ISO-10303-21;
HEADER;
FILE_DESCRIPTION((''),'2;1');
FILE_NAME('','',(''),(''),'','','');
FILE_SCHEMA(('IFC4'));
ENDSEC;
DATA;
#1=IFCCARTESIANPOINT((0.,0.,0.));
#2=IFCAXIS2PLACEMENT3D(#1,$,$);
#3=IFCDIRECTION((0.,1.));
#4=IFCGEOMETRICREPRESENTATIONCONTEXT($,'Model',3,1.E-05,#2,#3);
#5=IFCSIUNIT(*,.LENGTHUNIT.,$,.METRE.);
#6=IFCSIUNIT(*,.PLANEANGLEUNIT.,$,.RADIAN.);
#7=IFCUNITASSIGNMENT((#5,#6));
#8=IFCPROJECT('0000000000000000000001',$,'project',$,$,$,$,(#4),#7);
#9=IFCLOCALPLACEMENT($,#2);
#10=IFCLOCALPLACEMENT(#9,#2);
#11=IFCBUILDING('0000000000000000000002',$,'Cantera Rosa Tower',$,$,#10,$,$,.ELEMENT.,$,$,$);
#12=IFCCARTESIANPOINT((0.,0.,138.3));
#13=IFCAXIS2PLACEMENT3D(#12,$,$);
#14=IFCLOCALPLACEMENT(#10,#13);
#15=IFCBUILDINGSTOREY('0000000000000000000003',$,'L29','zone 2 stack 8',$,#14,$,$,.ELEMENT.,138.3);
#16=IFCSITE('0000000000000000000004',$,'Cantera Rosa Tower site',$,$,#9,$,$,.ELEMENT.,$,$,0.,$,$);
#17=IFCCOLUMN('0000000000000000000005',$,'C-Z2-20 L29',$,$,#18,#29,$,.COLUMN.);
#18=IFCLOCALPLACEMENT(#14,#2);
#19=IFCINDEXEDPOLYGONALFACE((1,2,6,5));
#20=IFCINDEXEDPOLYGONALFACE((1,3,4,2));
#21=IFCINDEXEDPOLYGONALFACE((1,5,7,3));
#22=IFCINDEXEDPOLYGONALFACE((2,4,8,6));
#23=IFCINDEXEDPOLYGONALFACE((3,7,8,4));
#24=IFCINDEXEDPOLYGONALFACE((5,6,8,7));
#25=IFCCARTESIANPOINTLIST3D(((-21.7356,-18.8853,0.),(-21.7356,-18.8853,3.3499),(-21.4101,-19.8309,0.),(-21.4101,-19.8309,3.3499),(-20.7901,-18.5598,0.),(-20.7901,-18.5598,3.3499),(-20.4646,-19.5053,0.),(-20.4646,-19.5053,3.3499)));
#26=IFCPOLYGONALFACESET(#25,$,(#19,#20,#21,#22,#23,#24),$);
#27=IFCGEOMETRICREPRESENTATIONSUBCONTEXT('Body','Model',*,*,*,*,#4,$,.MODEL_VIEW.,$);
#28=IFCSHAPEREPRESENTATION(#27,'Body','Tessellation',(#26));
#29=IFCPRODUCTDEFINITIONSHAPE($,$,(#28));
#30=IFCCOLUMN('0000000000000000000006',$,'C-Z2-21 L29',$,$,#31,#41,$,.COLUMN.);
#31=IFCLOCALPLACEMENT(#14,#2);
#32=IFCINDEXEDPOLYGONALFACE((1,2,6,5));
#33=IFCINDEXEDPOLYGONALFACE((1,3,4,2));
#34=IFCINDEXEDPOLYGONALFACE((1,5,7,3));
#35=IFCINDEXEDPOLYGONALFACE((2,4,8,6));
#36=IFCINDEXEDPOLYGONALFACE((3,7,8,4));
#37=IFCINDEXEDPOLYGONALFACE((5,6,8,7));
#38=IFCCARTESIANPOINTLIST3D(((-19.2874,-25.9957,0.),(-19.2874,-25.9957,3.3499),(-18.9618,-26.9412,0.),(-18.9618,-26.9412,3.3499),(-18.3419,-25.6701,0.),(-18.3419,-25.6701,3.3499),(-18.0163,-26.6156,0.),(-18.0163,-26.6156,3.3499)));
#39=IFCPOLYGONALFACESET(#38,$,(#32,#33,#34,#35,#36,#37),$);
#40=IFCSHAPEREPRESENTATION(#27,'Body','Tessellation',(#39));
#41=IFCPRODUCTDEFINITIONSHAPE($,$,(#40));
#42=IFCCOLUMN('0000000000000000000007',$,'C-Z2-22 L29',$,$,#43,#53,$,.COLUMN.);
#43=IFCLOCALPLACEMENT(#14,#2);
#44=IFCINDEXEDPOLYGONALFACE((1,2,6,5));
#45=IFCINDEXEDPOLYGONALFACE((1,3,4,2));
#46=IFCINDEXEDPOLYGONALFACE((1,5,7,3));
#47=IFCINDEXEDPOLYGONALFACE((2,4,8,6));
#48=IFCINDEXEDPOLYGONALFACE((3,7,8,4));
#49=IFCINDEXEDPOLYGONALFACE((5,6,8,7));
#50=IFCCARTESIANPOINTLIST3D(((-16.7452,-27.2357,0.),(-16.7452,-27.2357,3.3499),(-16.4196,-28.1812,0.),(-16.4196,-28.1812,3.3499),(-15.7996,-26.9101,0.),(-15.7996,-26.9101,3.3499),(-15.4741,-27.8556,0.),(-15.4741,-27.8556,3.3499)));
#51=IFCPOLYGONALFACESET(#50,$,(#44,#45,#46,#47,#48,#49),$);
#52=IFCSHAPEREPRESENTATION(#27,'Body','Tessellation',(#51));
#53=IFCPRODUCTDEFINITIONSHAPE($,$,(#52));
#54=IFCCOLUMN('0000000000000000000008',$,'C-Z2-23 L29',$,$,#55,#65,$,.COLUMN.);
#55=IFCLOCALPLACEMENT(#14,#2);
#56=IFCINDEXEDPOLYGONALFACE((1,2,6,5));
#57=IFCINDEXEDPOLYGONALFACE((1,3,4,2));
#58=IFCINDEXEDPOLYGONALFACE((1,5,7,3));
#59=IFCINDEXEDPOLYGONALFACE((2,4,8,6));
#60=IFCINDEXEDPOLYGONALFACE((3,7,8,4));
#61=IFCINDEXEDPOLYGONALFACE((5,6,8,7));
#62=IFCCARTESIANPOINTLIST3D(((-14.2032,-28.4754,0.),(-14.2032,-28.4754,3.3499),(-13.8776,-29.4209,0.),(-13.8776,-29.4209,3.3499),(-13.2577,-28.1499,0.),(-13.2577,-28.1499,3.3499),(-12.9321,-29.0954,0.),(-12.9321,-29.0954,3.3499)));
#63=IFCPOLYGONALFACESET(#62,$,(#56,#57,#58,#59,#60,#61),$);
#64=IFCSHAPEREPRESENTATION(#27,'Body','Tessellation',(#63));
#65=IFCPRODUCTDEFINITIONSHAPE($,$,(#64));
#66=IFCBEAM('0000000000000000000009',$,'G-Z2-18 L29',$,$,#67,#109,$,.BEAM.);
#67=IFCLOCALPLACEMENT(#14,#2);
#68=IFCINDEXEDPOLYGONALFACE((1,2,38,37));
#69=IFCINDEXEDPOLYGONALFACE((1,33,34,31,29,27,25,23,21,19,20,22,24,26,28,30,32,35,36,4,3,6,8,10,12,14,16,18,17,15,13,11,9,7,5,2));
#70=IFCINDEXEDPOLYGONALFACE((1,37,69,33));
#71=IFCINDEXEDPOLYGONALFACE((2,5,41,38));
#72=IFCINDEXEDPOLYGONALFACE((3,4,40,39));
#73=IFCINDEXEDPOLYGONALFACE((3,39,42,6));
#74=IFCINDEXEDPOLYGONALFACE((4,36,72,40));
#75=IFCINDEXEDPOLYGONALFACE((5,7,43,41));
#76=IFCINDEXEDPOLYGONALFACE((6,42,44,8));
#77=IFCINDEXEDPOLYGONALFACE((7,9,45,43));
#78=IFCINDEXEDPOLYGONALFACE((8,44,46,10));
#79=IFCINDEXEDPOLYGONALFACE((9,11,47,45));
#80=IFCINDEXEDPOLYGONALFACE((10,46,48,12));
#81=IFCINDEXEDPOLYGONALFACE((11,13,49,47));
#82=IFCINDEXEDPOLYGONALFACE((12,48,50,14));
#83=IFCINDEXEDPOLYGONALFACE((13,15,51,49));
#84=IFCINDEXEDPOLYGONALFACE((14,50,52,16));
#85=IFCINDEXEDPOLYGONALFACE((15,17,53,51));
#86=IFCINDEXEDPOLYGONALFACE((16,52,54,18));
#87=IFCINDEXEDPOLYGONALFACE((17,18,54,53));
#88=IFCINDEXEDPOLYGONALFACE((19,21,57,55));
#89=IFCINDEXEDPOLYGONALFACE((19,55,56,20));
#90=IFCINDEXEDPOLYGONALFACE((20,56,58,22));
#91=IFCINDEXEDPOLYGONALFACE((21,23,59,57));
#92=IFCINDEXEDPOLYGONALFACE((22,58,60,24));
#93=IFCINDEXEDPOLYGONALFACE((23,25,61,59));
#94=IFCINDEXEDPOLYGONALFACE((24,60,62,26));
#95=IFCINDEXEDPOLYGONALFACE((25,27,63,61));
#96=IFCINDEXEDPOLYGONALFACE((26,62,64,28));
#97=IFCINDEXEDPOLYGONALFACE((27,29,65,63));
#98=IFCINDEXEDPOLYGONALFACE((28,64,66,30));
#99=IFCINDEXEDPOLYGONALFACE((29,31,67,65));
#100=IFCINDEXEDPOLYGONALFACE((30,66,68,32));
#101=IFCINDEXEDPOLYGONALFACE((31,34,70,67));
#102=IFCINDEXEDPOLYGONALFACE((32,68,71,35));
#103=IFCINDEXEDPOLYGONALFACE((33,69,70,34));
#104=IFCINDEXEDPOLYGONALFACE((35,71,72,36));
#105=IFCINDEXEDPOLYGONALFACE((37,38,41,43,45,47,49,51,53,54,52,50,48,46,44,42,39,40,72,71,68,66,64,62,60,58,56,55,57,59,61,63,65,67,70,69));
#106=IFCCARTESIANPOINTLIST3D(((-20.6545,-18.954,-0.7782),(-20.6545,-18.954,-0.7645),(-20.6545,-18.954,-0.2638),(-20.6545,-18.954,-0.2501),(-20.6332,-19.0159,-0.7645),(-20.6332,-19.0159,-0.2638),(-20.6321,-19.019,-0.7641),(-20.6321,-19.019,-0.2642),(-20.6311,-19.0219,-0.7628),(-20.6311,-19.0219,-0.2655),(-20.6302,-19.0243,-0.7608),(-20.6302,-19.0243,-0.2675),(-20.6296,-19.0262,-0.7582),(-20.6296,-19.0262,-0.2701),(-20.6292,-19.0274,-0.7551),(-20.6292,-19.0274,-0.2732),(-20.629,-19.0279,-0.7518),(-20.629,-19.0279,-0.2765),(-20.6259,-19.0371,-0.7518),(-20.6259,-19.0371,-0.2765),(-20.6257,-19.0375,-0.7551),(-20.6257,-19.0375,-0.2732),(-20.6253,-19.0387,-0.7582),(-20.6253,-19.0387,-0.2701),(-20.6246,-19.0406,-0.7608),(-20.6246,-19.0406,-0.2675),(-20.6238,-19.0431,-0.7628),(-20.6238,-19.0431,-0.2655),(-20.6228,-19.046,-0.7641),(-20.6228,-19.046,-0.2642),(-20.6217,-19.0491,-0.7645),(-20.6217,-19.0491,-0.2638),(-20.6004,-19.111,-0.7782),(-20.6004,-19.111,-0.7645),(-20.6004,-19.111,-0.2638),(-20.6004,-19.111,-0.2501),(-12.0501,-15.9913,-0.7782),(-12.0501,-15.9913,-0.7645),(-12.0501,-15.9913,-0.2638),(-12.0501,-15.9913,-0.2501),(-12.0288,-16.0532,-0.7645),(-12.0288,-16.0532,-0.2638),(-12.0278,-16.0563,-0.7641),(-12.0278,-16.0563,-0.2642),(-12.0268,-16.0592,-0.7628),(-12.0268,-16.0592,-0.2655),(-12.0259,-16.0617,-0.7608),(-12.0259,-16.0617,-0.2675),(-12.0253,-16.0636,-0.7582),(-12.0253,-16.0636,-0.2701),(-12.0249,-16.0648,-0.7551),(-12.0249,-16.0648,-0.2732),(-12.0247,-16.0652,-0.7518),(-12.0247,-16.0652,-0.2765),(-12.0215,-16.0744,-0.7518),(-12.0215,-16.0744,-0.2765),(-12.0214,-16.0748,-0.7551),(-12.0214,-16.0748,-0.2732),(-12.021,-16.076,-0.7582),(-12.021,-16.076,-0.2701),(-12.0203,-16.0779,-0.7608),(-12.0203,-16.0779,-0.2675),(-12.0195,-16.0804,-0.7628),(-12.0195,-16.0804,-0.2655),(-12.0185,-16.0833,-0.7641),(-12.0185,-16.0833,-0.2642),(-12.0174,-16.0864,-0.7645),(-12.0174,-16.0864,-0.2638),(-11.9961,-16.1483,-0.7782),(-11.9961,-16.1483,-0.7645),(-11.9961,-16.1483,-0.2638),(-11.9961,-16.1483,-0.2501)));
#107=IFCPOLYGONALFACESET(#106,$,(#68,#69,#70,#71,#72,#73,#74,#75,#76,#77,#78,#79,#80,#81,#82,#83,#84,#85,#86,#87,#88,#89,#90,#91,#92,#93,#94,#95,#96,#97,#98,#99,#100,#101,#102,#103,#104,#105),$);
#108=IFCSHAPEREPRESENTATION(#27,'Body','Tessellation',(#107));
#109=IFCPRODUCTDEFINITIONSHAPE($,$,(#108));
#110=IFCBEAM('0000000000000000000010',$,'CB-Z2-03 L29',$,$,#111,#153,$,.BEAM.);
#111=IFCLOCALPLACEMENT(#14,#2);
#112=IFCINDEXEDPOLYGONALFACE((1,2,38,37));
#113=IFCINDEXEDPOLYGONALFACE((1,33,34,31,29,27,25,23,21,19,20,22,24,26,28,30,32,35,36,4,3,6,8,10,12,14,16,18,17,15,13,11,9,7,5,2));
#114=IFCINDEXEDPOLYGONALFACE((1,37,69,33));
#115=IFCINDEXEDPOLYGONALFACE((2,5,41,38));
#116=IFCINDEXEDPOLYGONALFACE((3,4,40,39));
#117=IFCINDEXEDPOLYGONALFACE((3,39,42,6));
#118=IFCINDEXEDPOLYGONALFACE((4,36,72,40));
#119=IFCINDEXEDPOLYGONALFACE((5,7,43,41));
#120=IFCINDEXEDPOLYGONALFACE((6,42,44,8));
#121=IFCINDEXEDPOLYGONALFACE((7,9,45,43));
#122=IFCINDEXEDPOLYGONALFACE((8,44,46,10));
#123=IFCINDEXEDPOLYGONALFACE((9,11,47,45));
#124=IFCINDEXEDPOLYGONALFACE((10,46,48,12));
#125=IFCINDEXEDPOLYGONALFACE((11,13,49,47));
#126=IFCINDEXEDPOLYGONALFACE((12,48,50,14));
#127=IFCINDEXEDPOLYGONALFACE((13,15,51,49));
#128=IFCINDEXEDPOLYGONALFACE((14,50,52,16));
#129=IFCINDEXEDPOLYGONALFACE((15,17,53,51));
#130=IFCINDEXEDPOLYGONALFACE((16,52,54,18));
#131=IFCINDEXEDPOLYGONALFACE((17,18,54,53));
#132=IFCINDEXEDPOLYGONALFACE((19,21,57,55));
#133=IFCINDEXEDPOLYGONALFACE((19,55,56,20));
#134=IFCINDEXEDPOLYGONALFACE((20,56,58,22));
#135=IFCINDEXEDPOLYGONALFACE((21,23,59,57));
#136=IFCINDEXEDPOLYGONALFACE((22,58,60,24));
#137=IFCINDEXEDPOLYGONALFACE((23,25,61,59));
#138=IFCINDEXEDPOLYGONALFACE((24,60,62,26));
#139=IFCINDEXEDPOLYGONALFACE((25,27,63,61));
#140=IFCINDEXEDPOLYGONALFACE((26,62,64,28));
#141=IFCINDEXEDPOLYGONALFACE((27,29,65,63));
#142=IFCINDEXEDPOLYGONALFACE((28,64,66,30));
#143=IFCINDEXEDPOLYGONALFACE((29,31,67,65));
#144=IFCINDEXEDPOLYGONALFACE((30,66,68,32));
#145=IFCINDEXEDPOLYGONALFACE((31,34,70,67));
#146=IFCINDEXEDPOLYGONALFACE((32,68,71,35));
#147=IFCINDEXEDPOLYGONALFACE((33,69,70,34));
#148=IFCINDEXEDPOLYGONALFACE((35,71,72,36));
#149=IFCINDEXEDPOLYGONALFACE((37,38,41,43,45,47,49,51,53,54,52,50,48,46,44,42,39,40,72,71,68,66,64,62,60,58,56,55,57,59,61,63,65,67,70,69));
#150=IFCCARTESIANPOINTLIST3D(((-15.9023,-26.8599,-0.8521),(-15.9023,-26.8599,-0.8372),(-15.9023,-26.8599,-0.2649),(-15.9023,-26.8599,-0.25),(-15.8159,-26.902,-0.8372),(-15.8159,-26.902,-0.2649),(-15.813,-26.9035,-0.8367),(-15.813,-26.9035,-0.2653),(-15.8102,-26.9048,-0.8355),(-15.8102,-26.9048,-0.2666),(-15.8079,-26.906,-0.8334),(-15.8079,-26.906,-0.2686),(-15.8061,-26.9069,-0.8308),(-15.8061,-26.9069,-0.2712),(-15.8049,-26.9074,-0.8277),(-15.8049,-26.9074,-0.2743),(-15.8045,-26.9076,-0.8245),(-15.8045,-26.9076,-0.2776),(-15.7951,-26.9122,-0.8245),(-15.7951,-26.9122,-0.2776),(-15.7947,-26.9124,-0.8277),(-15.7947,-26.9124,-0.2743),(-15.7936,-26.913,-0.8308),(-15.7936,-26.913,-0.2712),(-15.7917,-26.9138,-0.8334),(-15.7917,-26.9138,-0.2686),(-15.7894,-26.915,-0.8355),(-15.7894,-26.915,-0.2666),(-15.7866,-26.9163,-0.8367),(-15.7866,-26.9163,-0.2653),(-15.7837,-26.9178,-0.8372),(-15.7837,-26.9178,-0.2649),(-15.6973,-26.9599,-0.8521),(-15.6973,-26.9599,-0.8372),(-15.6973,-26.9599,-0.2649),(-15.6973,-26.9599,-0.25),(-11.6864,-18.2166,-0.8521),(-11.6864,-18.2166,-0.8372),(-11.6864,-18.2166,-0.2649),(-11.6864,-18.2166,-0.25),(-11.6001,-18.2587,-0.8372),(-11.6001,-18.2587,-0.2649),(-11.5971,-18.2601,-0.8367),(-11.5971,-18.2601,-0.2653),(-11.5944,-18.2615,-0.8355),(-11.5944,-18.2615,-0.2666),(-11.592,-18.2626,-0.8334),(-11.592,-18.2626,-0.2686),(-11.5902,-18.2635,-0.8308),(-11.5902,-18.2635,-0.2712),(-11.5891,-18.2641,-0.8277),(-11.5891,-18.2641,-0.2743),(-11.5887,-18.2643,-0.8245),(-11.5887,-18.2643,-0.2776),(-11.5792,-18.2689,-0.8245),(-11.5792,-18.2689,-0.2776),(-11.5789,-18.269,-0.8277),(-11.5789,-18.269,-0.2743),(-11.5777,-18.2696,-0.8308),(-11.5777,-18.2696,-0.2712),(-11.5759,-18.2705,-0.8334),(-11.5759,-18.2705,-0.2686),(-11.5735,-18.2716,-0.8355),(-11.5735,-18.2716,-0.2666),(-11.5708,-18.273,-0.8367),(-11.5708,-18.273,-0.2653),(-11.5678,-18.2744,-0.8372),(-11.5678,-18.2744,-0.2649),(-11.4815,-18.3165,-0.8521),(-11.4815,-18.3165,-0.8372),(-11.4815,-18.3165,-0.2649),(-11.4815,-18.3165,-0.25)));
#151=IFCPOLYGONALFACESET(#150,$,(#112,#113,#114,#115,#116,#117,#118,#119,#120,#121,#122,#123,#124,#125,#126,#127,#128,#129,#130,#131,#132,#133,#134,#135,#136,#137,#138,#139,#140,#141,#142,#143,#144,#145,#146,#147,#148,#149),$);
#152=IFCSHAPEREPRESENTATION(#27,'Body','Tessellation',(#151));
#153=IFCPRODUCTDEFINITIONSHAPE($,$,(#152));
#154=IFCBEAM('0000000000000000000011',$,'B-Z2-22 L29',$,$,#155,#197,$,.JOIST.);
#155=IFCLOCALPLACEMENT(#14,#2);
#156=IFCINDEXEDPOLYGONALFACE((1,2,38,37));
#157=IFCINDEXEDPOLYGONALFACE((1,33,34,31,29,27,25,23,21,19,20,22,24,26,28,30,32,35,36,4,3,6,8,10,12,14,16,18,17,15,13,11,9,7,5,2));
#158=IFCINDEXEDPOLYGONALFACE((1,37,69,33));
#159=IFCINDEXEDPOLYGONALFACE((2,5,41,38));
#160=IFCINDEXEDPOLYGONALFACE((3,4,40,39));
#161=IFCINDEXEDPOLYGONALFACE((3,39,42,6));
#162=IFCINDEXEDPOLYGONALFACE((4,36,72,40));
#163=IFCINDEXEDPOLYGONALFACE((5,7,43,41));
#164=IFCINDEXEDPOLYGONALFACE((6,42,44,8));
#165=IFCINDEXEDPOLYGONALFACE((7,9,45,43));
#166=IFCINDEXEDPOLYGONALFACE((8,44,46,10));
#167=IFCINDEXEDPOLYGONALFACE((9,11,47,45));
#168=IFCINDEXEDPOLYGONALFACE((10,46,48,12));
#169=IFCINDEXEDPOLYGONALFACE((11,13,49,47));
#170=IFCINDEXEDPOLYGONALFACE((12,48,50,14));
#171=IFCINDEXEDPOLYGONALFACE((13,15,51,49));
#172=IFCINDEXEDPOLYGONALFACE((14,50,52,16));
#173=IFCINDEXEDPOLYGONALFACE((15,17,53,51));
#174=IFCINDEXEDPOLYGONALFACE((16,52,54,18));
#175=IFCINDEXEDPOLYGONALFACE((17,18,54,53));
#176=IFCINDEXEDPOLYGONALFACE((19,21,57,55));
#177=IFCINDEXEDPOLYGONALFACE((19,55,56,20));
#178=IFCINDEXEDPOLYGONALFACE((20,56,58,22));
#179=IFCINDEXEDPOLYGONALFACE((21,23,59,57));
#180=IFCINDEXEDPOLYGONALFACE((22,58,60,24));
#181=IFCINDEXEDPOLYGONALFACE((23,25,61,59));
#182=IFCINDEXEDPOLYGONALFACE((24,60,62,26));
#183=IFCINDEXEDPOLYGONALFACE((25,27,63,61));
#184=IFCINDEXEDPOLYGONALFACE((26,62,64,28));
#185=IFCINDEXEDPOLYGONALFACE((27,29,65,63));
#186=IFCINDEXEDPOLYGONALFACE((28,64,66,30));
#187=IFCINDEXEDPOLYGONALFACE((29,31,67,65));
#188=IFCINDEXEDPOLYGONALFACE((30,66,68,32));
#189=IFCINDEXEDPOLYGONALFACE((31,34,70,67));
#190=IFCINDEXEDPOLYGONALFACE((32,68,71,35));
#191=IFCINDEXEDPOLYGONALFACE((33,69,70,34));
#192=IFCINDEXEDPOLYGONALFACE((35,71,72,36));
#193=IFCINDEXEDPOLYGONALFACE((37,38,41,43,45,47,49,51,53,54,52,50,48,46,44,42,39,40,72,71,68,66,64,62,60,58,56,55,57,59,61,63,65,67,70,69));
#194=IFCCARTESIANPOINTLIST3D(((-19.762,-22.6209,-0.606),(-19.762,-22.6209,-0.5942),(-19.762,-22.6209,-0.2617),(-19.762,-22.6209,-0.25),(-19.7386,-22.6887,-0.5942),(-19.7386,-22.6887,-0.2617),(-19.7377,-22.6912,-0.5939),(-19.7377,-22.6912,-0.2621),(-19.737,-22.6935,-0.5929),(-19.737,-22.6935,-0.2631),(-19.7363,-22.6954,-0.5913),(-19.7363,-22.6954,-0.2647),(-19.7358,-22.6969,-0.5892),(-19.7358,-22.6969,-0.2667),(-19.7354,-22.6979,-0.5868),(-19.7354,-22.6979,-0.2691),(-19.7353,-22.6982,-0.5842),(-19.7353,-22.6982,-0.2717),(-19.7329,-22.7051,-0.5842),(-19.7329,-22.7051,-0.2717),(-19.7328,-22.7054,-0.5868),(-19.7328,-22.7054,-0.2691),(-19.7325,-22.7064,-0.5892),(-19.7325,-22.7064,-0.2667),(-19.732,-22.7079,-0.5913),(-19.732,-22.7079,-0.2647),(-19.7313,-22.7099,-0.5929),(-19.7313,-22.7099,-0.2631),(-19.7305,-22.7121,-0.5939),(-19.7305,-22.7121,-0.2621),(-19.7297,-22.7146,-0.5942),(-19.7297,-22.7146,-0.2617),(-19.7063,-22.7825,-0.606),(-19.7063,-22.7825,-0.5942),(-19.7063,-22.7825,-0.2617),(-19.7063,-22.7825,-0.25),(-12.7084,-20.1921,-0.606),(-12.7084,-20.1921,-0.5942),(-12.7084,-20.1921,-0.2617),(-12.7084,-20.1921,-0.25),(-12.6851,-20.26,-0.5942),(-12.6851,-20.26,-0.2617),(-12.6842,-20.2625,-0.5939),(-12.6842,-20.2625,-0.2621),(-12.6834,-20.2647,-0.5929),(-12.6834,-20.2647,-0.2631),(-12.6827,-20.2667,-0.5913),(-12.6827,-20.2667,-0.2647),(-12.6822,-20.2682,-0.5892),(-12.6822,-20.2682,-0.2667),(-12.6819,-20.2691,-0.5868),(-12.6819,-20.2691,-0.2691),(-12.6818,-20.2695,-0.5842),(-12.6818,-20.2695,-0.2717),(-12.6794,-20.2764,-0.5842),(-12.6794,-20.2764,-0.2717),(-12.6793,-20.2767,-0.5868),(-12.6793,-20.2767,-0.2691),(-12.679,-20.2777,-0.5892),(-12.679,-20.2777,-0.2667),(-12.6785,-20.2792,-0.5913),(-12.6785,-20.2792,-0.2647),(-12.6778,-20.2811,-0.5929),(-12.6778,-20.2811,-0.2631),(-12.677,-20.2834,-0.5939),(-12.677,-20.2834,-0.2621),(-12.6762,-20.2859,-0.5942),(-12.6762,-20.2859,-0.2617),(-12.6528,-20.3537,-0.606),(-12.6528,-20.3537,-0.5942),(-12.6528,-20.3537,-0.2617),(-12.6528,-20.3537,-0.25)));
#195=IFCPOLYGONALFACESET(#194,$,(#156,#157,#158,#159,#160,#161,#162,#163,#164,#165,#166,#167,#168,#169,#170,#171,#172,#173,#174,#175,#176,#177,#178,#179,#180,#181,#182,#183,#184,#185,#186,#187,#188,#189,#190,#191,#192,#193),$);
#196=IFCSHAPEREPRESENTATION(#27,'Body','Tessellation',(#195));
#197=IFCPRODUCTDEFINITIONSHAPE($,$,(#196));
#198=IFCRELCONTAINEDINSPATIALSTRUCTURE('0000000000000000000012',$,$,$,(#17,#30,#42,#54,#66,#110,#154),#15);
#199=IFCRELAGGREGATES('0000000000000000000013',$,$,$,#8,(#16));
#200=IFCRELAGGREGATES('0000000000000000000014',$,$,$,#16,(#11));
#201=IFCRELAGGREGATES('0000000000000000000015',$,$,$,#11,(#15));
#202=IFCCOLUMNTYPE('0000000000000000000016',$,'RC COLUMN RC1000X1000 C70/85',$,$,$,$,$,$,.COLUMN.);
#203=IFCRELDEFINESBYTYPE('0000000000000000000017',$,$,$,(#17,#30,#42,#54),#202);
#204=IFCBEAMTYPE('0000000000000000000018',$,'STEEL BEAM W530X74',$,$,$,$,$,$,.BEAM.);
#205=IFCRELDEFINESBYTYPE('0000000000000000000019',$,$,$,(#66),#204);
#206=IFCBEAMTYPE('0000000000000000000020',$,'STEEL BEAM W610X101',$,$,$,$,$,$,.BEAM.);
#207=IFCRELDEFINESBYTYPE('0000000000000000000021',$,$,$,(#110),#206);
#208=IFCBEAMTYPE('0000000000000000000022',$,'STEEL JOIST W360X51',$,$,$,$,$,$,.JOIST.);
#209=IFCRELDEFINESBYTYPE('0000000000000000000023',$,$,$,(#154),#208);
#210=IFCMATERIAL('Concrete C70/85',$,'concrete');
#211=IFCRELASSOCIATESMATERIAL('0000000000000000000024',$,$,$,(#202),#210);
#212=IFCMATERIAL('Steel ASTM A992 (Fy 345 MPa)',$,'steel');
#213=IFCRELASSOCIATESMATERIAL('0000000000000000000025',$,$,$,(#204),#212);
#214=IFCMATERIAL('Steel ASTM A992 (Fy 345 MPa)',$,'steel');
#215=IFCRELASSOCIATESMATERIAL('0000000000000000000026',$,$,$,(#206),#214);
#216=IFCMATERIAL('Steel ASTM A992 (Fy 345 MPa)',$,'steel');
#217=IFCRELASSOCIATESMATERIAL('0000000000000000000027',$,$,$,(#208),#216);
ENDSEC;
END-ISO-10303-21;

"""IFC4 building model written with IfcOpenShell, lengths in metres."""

from ifc_helpers import new_model, si_unit, direction, frame, origin, origin_2d, place, context, subcontext, project, spatial, rectangle, i_section, extrude, material, material_profile, profile_set, type_object, element, save


model = new_model("IFC4")

# Units and contexts
model_context = context("Model", 3, precision=1e-05, world=origin(), true_north=direction((0.0, 1.0)))
body_context = subcontext(model_context, "Body", "Model", "MODEL_VIEW")
ifc_project = project(units=[si_unit("LENGTHUNIT", "METRE"), si_unit("PLANEANGLEUNIT", "RADIAN")], contexts=[model_context])

# Site, building, storey
site_placement = place(None, origin())
site = spatial("IfcSite", under=ifc_project, at=site_placement, Name="Cantera Rosa Tower site", CompositionType="ELEMENT", RefElevation=0.0)
building_placement = place(site_placement, origin())
building = spatial("IfcBuilding", under=site, at=building_placement, Name="Cantera Rosa Tower", CompositionType="ELEMENT")
storey_placement = place(building_placement, frame((0.0, 0.0, 138.3)))
storey = spatial("IfcBuildingStorey", under=building, at=storey_placement, Name="L29", Description="zone 2 stack 8", CompositionType="ELEMENT", Elevation=138.3)

# Columns
ifc_material_1 = material(Name="Concrete C70/85", Category="concrete")
ifc_material_profile_1 = material_profile(ifc_material_1, rectangle(XDim=1.0, YDim=1.0, at=origin_2d()), Name="RC COLUMN RC1000X1000 C70/85")
ifc_profile_set_1 = profile_set([ifc_material_profile_1], Name="Concrete C70/85")
column_type = type_object("IfcColumnType", Name="RC COLUMN RC1000X1000 C70/85", PredefinedType="COLUMN", material=ifc_profile_set_1)
for number, where, z_axis, x_axis, name in (
    (1, (-21.1001, -19.1953, 0.0), (0.0, 0.0, 1.0), (0.945519, 0.325568, 0.0), "C-Z2-20 L29"),
    (2, (-18.6519, -26.3057, 0.0), (0.0, 0.0, 1.0), (0.945519, 0.325568, 0.0), "C-Z2-21 L29"),
    (3, (-16.1096, -27.5457, 0.0), (0.0, 0.0, 1.0), (0.945519, 0.325568, 0.0), "C-Z2-22 L29"),
    (4, (-13.5676, -28.7854, 0.0), (0.0, 0.0, 1.0), (0.945519, 0.325568, 0.0), "C-Z2-23 L29"),
):
    element("IfcColumn", number, at=place(storey_placement, frame(where, z_axis=z_axis, x_axis=x_axis)), inside=storey, type_object=column_type, Name=name, PredefinedType="COLUMN", context=body_context, shape_type="SweptSolid", body=[
        extrude(rectangle(XDim=1.0, YDim=1.0, at=origin_2d()), origin(), (0.0, 0.0, 1.0), 3.3499),
    ])

# Beams
ifc_material_2 = material(Name="Steel ASTM A992 (Fy 345 MPa)", Category="steel")
ifc_material_profile_2 = material_profile(ifc_material_2, i_section(OverallWidth=0.166, OverallDepth=0.5281, WebThickness=0.0098, FlangeThickness=0.0137, FilletRadius=0.0127, at=origin_2d()), Name="W530X74")
ifc_profile_set_2 = profile_set([ifc_material_profile_2], Name="Steel ASTM A992 (Fy 345 MPa)")
beam_type_1 = type_object("IfcBeamType", Name="STEEL BEAM W530X74", PredefinedType="BEAM", material=ifc_profile_set_2)
beam_1_placement = place(storey_placement, frame((-20.6274, -19.0325, -0.5142), z_axis=(0.94552, 0.325565, 0.0), x_axis=(-0.325565, 0.94552, 0.0)))
element("IfcBeam", 5, at=beam_1_placement, inside=storey, type_object=beam_type_1, Name="G-Z2-18 L29", PredefinedType="BEAM", context=body_context, shape_type="SweptSolid", body=[
    extrude(i_section(OverallWidth=0.166, OverallDepth=0.5281, WebThickness=0.0098, FlangeThickness=0.0137, FilletRadius=0.0127, at=origin_2d()), origin(), (0.0, 0.0, 1.0), 9.1001),
])
ifc_material_3 = material(Name="Steel ASTM A992 (Fy 345 MPa)", Category="steel")
ifc_material_profile_3 = material_profile(ifc_material_3, i_section(OverallWidth=0.228, OverallDepth=0.6021, WebThickness=0.0105, FlangeThickness=0.0149, FilletRadius=0.0127, at=origin_2d()), Name="W610X101")
ifc_profile_set_3 = profile_set([ifc_material_profile_3], Name="Steel ASTM A992 (Fy 345 MPa)")
beam_type_2 = type_object("IfcBeamType", Name="STEEL BEAM W610X101", PredefinedType="BEAM", material=ifc_profile_set_3)
beam_2_placement = place(storey_placement, frame((-15.7998, -26.9099, -0.551), z_axis=(0.438388, 0.898786, 0.0), x_axis=(-0.898786, 0.438388, 0.0)))
element("IfcBeam", 6, at=beam_2_placement, inside=storey, type_object=beam_type_2, Name="CB-Z2-03 L29", PredefinedType="BEAM", context=body_context, shape_type="SweptSolid", body=[
    extrude(i_section(OverallWidth=0.228, OverallDepth=0.6021, WebThickness=0.0105, FlangeThickness=0.0149, FilletRadius=0.0127, at=origin_2d()), origin(), (0.0, 0.0, 1.0), 9.6167),
])
ifc_material_4 = material(Name="Steel ASTM A992 (Fy 345 MPa)", Category="steel")
ifc_material_profile_4 = material_profile(ifc_material_4, i_section(OverallWidth=0.1709, OverallDepth=0.356, WebThickness=0.0073, FlangeThickness=0.0117, FilletRadius=0.01, at=origin_2d()), Name="W360X51")
ifc_profile_set_4 = profile_set([ifc_material_profile_4], Name="Steel ASTM A992 (Fy 345 MPa)")
beam_type_3 = type_object("IfcBeamType", Name="STEEL JOIST W360X51", PredefinedType="JOIST", material=ifc_profile_set_4)
beam_3_placement = place(storey_placement, frame((-19.7341, -22.7017, -0.428), z_axis=(0.945518, 0.325569, 0.0), x_axis=(-0.325569, 0.945518, 0.0)))
element("IfcBeam", 7, at=beam_3_placement, inside=storey, type_object=beam_type_3, Name="B-Z2-22 L29", PredefinedType="JOIST", context=body_context, shape_type="SweptSolid", body=[
    extrude(i_section(OverallWidth=0.1709, OverallDepth=0.356, WebThickness=0.0073, FlangeThickness=0.0117, FilletRadius=0.01, at=origin_2d()), origin(), (0.0, 0.0, 1.0), 7.46),
])

save(model, "model.ifc")
